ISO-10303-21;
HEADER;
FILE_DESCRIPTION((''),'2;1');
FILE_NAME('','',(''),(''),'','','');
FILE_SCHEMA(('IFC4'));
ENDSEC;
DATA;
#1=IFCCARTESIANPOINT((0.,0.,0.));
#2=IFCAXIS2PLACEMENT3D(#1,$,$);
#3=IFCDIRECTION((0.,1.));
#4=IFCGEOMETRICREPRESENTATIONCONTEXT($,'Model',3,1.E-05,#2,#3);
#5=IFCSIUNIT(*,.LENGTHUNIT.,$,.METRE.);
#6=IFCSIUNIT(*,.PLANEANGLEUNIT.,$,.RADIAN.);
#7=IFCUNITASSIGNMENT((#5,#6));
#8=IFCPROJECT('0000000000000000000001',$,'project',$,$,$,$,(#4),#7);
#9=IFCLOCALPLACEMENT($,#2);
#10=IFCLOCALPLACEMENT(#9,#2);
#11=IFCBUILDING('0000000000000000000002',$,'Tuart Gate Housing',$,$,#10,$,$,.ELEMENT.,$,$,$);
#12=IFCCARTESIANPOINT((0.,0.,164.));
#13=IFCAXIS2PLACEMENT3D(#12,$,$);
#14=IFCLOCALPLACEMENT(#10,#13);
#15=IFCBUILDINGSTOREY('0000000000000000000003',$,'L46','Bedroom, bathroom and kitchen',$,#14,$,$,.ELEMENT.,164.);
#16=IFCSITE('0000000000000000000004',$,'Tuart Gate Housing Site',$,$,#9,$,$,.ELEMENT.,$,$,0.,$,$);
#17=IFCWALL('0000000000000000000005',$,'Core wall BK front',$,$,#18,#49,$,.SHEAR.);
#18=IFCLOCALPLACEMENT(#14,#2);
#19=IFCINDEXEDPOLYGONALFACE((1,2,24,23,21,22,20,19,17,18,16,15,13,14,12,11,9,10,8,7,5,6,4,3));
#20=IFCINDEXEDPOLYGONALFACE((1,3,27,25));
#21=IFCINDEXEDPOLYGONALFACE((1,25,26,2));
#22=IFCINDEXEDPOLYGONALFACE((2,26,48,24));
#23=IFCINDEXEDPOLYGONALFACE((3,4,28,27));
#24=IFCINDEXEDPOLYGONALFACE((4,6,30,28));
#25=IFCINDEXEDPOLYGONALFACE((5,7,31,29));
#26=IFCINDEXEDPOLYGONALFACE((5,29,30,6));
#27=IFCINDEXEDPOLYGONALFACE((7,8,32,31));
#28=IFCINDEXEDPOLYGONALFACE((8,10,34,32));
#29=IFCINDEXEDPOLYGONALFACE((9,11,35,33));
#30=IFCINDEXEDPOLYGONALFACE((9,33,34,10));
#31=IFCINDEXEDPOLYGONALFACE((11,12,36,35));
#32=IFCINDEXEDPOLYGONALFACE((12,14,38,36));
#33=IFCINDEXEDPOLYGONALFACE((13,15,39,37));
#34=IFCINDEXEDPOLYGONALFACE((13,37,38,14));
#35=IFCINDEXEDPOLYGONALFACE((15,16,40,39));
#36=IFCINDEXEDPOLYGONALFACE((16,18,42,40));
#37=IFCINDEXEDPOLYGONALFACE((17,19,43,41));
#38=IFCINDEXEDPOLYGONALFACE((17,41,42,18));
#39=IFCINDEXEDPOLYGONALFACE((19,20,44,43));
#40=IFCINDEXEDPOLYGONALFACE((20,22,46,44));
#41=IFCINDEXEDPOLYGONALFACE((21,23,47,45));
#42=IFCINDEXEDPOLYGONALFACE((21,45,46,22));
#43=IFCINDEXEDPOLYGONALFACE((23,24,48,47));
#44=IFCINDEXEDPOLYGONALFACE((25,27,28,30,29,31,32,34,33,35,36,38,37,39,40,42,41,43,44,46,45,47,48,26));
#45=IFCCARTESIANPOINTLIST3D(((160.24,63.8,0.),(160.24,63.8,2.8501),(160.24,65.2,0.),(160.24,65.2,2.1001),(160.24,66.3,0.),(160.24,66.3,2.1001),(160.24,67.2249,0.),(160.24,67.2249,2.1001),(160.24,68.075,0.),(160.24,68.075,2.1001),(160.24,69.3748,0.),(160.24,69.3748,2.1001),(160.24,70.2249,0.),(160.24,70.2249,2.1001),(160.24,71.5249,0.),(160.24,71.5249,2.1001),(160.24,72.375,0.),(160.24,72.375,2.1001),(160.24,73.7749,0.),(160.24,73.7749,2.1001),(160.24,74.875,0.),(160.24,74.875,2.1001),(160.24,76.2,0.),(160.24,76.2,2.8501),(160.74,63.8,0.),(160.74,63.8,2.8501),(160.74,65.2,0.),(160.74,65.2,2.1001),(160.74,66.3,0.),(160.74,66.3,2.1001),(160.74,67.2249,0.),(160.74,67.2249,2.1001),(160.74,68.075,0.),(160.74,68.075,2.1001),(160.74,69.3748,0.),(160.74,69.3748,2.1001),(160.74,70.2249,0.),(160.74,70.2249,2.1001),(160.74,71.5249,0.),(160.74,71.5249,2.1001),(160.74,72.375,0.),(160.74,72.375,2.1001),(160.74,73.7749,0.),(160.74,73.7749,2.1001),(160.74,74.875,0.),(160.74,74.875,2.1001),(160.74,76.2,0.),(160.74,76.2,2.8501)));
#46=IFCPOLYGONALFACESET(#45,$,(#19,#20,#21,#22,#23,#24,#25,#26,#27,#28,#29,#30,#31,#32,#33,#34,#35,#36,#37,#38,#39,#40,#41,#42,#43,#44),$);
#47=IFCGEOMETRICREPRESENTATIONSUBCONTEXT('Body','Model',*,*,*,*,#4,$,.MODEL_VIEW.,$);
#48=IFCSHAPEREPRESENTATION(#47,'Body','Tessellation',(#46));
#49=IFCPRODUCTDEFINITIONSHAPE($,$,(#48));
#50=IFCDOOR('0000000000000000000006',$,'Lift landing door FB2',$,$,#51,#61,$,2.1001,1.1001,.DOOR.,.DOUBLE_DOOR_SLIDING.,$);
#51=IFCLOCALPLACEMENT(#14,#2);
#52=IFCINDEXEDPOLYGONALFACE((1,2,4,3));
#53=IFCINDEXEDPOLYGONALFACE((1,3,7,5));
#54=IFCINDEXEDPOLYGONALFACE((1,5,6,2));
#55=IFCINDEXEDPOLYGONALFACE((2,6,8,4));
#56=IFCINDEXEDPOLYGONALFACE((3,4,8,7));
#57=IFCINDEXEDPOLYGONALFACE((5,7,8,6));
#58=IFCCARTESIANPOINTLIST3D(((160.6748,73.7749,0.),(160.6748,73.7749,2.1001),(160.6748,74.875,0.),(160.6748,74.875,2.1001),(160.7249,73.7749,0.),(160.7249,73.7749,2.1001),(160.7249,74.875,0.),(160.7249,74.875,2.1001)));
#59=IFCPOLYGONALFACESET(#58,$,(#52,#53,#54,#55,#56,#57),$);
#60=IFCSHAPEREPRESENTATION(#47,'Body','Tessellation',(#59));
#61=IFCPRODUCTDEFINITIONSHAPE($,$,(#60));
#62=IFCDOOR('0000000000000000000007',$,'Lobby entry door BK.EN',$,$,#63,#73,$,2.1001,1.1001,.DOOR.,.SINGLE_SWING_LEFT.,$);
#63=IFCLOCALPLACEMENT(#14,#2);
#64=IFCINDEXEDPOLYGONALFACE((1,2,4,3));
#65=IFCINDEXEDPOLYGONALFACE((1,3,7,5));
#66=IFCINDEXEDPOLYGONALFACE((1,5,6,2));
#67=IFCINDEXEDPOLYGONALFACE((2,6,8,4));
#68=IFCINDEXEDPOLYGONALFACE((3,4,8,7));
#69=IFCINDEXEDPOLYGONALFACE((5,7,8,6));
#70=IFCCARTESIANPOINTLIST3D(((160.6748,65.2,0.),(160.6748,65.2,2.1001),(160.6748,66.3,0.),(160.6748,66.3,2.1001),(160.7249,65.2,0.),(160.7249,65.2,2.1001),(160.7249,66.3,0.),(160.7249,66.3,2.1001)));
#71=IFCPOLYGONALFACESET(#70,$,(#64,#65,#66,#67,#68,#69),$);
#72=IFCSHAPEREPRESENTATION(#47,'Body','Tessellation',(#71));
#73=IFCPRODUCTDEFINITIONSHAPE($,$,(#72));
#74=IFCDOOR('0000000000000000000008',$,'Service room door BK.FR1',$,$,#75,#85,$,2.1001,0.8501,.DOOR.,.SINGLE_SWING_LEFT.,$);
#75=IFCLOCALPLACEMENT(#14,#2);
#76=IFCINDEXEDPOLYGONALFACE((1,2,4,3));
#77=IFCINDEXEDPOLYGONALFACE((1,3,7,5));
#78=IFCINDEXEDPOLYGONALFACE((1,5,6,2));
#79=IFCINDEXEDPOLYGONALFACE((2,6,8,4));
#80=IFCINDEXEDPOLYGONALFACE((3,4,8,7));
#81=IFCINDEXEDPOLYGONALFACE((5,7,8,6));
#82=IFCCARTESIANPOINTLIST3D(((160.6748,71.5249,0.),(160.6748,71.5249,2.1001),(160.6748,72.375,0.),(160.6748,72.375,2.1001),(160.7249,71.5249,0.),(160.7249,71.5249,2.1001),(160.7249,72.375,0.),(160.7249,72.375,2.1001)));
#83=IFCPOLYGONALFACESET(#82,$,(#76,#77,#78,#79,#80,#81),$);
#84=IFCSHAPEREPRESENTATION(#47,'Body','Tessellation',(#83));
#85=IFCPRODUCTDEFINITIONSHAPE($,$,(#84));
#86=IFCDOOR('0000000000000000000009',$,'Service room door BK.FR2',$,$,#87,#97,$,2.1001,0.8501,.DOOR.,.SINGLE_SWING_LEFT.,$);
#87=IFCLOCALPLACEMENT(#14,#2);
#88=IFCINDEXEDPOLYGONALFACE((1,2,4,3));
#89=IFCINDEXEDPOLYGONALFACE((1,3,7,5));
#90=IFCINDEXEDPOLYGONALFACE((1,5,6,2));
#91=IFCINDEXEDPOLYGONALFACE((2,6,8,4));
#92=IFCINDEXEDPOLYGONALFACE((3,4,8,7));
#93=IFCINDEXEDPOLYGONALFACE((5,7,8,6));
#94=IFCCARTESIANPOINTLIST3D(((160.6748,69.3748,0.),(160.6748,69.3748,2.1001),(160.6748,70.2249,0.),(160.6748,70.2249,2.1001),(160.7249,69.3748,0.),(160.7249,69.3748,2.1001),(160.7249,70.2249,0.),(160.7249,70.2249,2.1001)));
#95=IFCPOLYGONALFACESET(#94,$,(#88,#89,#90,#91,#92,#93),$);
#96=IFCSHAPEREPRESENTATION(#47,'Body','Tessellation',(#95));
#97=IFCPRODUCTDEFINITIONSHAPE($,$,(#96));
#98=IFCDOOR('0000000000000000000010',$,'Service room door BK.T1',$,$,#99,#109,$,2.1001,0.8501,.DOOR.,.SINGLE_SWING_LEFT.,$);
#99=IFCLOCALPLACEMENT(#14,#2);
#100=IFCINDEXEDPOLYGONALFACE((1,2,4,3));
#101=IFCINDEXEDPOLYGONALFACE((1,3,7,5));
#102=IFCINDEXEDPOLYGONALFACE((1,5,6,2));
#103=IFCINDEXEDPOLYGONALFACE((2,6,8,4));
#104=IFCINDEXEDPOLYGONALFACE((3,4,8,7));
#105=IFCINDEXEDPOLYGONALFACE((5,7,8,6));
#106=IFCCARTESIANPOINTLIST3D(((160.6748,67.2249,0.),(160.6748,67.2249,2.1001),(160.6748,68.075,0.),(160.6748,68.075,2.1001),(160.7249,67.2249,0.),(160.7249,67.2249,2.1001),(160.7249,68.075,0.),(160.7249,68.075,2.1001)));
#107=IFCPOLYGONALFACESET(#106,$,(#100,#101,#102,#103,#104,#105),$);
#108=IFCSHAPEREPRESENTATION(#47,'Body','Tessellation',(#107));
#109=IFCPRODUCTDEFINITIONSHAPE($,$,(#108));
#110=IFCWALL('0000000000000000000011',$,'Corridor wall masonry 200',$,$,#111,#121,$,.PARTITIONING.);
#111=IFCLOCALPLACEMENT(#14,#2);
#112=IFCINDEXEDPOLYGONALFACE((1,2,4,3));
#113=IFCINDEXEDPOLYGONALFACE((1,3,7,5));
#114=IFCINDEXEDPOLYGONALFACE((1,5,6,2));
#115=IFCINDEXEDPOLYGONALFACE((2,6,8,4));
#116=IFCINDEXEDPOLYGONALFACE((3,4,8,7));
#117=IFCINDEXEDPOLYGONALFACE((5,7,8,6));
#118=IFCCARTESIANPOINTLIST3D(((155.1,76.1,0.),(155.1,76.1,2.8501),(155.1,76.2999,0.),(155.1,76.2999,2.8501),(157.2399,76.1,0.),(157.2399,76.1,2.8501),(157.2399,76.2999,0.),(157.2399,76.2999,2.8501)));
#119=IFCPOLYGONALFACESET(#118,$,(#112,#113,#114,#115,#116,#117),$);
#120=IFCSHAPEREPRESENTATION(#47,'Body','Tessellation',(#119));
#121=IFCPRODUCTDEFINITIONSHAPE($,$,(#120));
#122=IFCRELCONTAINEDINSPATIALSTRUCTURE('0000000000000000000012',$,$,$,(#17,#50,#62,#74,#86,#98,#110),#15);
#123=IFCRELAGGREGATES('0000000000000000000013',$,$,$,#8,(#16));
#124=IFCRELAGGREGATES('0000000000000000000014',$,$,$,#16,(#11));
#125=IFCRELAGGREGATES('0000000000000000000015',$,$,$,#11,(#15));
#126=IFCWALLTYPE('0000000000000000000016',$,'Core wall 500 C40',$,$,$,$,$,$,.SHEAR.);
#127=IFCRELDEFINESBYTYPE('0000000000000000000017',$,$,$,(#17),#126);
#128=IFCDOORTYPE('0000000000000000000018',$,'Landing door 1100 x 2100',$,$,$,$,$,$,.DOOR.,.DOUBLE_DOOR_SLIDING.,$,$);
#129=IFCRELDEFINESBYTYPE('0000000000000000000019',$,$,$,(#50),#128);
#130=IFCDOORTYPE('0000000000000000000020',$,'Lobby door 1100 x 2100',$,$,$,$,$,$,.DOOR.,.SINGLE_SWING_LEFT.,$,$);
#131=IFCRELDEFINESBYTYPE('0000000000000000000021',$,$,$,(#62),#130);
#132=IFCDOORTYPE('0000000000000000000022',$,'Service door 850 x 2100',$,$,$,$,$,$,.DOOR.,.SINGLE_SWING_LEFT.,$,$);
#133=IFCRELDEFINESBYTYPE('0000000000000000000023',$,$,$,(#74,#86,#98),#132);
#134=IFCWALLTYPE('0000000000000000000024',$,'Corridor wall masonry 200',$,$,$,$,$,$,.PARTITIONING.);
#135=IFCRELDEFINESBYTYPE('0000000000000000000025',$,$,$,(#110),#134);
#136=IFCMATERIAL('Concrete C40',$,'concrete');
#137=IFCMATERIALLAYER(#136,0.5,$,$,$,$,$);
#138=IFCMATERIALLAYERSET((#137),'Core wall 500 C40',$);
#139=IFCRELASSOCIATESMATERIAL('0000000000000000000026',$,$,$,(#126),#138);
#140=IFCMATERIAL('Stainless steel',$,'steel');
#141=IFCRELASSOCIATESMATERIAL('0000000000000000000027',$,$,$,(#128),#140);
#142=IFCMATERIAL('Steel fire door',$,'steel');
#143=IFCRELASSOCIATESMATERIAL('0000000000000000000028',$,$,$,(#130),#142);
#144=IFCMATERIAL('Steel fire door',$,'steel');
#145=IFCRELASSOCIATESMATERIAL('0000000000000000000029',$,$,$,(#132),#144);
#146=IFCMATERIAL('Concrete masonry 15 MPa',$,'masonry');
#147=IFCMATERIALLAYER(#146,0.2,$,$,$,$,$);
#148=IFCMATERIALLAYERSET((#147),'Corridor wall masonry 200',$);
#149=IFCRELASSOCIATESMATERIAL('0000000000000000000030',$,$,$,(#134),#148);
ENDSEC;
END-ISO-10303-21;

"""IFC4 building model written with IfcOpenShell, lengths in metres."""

from ifc_helpers import new_model, si_unit, direction, frame, frame_2d, origin, place, context, subcontext, project, spatial, rectangle, extrude, material, layer, layer_set, type_object, element, fill, save


model = new_model("IFC4")

# Units and contexts
model_context = context("Model", 3, precision=1e-05, world=origin(), true_north=direction((0.0, 1.0)))
body_context = subcontext(model_context, "Body", "Model", "MODEL_VIEW")
ifc_project = project(units=[si_unit("LENGTHUNIT", "METRE"), si_unit("PLANEANGLEUNIT", "RADIAN")], contexts=[model_context])

# Site, building, storey
site_placement = place(None, origin())
site = spatial("IfcSite", under=ifc_project, at=site_placement, Name="Tuart Gate Housing Site", CompositionType="ELEMENT", RefElevation=0.0)
building_placement = place(site_placement, origin())
building = spatial("IfcBuilding", under=site, at=building_placement, Name="Tuart Gate Housing", CompositionType="ELEMENT")
storey_placement = place(building_placement, frame((0.0, 0.0, 164.0)))
storey = spatial("IfcBuildingStorey", under=building, at=storey_placement, Name="L46", Description="Bedroom, bathroom and kitchen", CompositionType="ELEMENT", Elevation=164.0)

# Wall, openings, doors
ifc_material_1 = material(Name="Concrete C40", Category="concrete")
ifc_layer_1 = layer(ifc_material_1, 0.5)
ifc_layer_set_1 = layer_set([ifc_layer_1], Name="Core wall 500 C40")
wall_type_1 = type_object("IfcWallType", Name="Core wall 500 C40", PredefinedType="SHEAR", material=ifc_layer_set_1)
wall_1_placement = place(storey_placement, frame((160.49, 76.2, 0.0), z_axis=(0.0, 0.0, 1.0), x_axis=(0.0, -1.0, 0.0)))
wall_1 = element("IfcWall", 1, at=wall_1_placement, inside=storey, type_object=wall_type_1, Name="Core wall BK front", PredefinedType="SHEAR", context=body_context, shape_type="SweptSolid", body=[
    extrude(rectangle(XDim=12.3999, YDim=0.5, at=frame_2d((6.2, 0.0))), origin(), (0.0, 0.0, 1.0), 2.8501),
])
opening_1_placement = place(wall_1_placement, frame((1.325, 0.0, 0.0)))
opening_1 = element("IfcOpeningElement", 2, at=opening_1_placement, cuts=wall_1, PredefinedType="OPENING", context=body_context, shape_type="SweptSolid", body=[
    extrude(rectangle(XDim=1.1001, YDim=2.1001, at=frame_2d((0.55, 1.05))), frame((0.0, 0.26, 0.0), z_axis=(0.0, -1.0, 0.0), x_axis=(1.0, 0.0, 0.0)), (0.0, 0.0, 1.0), 0.52),
])
opening_2_placement = place(wall_1_placement, frame((3.825, 0.0, 0.0)))
opening_2 = element("IfcOpeningElement", 3, at=opening_2_placement, cuts=wall_1, PredefinedType="OPENING", context=body_context, shape_type="SweptSolid", body=[
    extrude(rectangle(XDim=0.8501, YDim=2.1001, at=frame_2d((0.425, 1.05))), frame((0.0, 0.26, 0.0), z_axis=(0.0, -1.0, 0.0), x_axis=(1.0, 0.0, 0.0)), (0.0, 0.0, 1.0), 0.52),
])
opening_3_placement = place(wall_1_placement, frame((5.9751, 0.0, 0.0)))
opening_3 = element("IfcOpeningElement", 4, at=opening_3_placement, cuts=wall_1, PredefinedType="OPENING", context=body_context, shape_type="SweptSolid", body=[
    extrude(rectangle(XDim=0.8501, YDim=2.1001, at=frame_2d((0.425, 1.05))), frame((0.0, 0.26, 0.0), z_axis=(0.0, -1.0, 0.0), x_axis=(1.0, 0.0, 0.0)), (0.0, 0.0, 1.0), 0.52),
])
opening_4_placement = place(wall_1_placement, frame((9.8999, 0.0, 0.0)))
opening_4 = element("IfcOpeningElement", 5, at=opening_4_placement, cuts=wall_1, PredefinedType="OPENING", context=body_context, shape_type="SweptSolid", body=[
    extrude(rectangle(XDim=1.1001, YDim=2.1001, at=frame_2d((0.55, 1.05))), frame((0.0, 0.26, 0.0), z_axis=(0.0, -1.0, 0.0), x_axis=(1.0, 0.0, 0.0)), (0.0, 0.0, 1.0), 0.52),
])
opening_5_placement = place(wall_1_placement, frame((8.125, 0.0, 0.0)))
opening_5 = element("IfcOpeningElement", 6, at=opening_5_placement, cuts=wall_1, PredefinedType="OPENING", context=body_context, shape_type="SweptSolid", body=[
    extrude(rectangle(XDim=0.8501, YDim=2.1001, at=frame_2d((0.425, 1.05))), frame((0.0, 0.26, 0.0), z_axis=(0.0, -1.0, 0.0), x_axis=(1.0, 0.0, 0.0)), (0.0, 0.0, 1.0), 0.52),
])
ifc_material_2 = material(Name="Stainless steel", Category="steel")
door_type_1 = type_object("IfcDoorType", Name="Landing door 1100 x 2100", OperationType="DOUBLE_DOOR_SLIDING", PredefinedType="DOOR", material=ifc_material_2)
door_1_placement = place(opening_1_placement, origin())
door_1 = element("IfcDoor", 7, at=door_1_placement, inside=storey, type_object=door_type_1, Name="Lift landing door FB2", OperationType="DOUBLE_DOOR_SLIDING", OverallHeight=2.1001, OverallWidth=1.1001, PredefinedType="DOOR", context=body_context, shape_type="SweptSolid", body=[
    extrude(rectangle(XDim=1.1001, YDim=2.1001, at=frame_2d((0.55, 1.05))), frame((0.0, 0.2349, 0.0), z_axis=(0.0, -1.0, 0.0), x_axis=(1.0, 0.0, 0.0)), (0.0, 0.0, 1.0), 0.05),
])
fill(opening_1, door_1)
ifc_material_3 = material(Name="Steel fire door", Category="steel")
door_type_2 = type_object("IfcDoorType", Name="Lobby door 1100 x 2100", OperationType="SINGLE_SWING_LEFT", PredefinedType="DOOR", material=ifc_material_3)
door_2_placement = place(opening_4_placement, origin())
door_2 = element("IfcDoor", 8, at=door_2_placement, inside=storey, type_object=door_type_2, Name="Lobby entry door BK.EN", OperationType="SINGLE_SWING_LEFT", OverallHeight=2.1001, OverallWidth=1.1001, PredefinedType="DOOR", context=body_context, shape_type="SweptSolid", body=[
    extrude(rectangle(XDim=1.1001, YDim=2.1001, at=frame_2d((0.55, 1.05))), frame((0.0, 0.2349, 0.0), z_axis=(0.0, -1.0, 0.0), x_axis=(1.0, 0.0, 0.0)), (0.0, 0.0, 1.0), 0.05),
])
fill(opening_4, door_2)
ifc_material_4 = material(Name="Steel fire door", Category="steel")
door_type_3 = type_object("IfcDoorType", Name="Service door 850 x 2100", OperationType="SINGLE_SWING_LEFT", PredefinedType="DOOR", material=ifc_material_4)
door_3_placement = place(opening_2_placement, origin())
door_3 = element("IfcDoor", 9, at=door_3_placement, inside=storey, type_object=door_type_3, Name="Service room door BK.FR1", OperationType="SINGLE_SWING_LEFT", OverallHeight=2.1001, OverallWidth=0.8501, PredefinedType="DOOR", context=body_context, shape_type="SweptSolid", body=[
    extrude(rectangle(XDim=0.8501, YDim=2.1001, at=frame_2d((0.425, 1.05))), frame((0.0, 0.2349, 0.0), z_axis=(0.0, -1.0, 0.0), x_axis=(1.0, 0.0, 0.0)), (0.0, 0.0, 1.0), 0.05),
])
fill(opening_2, door_3)
door_4_placement = place(opening_3_placement, origin())
door_4 = element("IfcDoor", 10, at=door_4_placement, inside=storey, type_object=door_type_3, Name="Service room door BK.FR2", OperationType="SINGLE_SWING_LEFT", OverallHeight=2.1001, OverallWidth=0.8501, PredefinedType="DOOR", context=body_context, shape_type="SweptSolid", body=[
    extrude(rectangle(XDim=0.8501, YDim=2.1001, at=frame_2d((0.425, 1.05))), frame((0.0, 0.2349, 0.0), z_axis=(0.0, -1.0, 0.0), x_axis=(1.0, 0.0, 0.0)), (0.0, 0.0, 1.0), 0.05),
])
fill(opening_3, door_4)
door_5_placement = place(opening_5_placement, origin())
door_5 = element("IfcDoor", 11, at=door_5_placement, inside=storey, type_object=door_type_3, Name="Service room door BK.T1", OperationType="SINGLE_SWING_LEFT", OverallHeight=2.1001, OverallWidth=0.8501, PredefinedType="DOOR", context=body_context, shape_type="SweptSolid", body=[
    extrude(rectangle(XDim=0.8501, YDim=2.1001, at=frame_2d((0.425, 1.05))), frame((0.0, 0.2349, 0.0), z_axis=(0.0, -1.0, 0.0), x_axis=(1.0, 0.0, 0.0)), (0.0, 0.0, 1.0), 0.05),
])
fill(opening_5, door_5)

# Wall
ifc_material_5 = material(Name="Concrete masonry 15 MPa", Category="masonry")
ifc_layer_2 = layer(ifc_material_5, 0.2)
ifc_layer_set_2 = layer_set([ifc_layer_2], Name="Corridor wall masonry 200")
wall_type_2 = type_object("IfcWallType", Name="Corridor wall masonry 200", PredefinedType="PARTITIONING", material=ifc_layer_set_2)
wall_2_placement = place(storey_placement, frame((155.1001, 76.2, 0.0), z_axis=(0.0, 0.0, 1.0), x_axis=(1.0, 0.0, 0.0)))
element("IfcWall", 12, at=wall_2_placement, inside=storey, type_object=wall_type_2, Name="Corridor wall masonry 200", PredefinedType="PARTITIONING", context=body_context, shape_type="SweptSolid", body=[
    extrude(rectangle(XDim=2.1399, YDim=0.2, at=frame_2d((1.0698, 0.0))), origin(), (0.0, 0.0, 1.0), 2.8501),
])

save(model, "model.ifc")
